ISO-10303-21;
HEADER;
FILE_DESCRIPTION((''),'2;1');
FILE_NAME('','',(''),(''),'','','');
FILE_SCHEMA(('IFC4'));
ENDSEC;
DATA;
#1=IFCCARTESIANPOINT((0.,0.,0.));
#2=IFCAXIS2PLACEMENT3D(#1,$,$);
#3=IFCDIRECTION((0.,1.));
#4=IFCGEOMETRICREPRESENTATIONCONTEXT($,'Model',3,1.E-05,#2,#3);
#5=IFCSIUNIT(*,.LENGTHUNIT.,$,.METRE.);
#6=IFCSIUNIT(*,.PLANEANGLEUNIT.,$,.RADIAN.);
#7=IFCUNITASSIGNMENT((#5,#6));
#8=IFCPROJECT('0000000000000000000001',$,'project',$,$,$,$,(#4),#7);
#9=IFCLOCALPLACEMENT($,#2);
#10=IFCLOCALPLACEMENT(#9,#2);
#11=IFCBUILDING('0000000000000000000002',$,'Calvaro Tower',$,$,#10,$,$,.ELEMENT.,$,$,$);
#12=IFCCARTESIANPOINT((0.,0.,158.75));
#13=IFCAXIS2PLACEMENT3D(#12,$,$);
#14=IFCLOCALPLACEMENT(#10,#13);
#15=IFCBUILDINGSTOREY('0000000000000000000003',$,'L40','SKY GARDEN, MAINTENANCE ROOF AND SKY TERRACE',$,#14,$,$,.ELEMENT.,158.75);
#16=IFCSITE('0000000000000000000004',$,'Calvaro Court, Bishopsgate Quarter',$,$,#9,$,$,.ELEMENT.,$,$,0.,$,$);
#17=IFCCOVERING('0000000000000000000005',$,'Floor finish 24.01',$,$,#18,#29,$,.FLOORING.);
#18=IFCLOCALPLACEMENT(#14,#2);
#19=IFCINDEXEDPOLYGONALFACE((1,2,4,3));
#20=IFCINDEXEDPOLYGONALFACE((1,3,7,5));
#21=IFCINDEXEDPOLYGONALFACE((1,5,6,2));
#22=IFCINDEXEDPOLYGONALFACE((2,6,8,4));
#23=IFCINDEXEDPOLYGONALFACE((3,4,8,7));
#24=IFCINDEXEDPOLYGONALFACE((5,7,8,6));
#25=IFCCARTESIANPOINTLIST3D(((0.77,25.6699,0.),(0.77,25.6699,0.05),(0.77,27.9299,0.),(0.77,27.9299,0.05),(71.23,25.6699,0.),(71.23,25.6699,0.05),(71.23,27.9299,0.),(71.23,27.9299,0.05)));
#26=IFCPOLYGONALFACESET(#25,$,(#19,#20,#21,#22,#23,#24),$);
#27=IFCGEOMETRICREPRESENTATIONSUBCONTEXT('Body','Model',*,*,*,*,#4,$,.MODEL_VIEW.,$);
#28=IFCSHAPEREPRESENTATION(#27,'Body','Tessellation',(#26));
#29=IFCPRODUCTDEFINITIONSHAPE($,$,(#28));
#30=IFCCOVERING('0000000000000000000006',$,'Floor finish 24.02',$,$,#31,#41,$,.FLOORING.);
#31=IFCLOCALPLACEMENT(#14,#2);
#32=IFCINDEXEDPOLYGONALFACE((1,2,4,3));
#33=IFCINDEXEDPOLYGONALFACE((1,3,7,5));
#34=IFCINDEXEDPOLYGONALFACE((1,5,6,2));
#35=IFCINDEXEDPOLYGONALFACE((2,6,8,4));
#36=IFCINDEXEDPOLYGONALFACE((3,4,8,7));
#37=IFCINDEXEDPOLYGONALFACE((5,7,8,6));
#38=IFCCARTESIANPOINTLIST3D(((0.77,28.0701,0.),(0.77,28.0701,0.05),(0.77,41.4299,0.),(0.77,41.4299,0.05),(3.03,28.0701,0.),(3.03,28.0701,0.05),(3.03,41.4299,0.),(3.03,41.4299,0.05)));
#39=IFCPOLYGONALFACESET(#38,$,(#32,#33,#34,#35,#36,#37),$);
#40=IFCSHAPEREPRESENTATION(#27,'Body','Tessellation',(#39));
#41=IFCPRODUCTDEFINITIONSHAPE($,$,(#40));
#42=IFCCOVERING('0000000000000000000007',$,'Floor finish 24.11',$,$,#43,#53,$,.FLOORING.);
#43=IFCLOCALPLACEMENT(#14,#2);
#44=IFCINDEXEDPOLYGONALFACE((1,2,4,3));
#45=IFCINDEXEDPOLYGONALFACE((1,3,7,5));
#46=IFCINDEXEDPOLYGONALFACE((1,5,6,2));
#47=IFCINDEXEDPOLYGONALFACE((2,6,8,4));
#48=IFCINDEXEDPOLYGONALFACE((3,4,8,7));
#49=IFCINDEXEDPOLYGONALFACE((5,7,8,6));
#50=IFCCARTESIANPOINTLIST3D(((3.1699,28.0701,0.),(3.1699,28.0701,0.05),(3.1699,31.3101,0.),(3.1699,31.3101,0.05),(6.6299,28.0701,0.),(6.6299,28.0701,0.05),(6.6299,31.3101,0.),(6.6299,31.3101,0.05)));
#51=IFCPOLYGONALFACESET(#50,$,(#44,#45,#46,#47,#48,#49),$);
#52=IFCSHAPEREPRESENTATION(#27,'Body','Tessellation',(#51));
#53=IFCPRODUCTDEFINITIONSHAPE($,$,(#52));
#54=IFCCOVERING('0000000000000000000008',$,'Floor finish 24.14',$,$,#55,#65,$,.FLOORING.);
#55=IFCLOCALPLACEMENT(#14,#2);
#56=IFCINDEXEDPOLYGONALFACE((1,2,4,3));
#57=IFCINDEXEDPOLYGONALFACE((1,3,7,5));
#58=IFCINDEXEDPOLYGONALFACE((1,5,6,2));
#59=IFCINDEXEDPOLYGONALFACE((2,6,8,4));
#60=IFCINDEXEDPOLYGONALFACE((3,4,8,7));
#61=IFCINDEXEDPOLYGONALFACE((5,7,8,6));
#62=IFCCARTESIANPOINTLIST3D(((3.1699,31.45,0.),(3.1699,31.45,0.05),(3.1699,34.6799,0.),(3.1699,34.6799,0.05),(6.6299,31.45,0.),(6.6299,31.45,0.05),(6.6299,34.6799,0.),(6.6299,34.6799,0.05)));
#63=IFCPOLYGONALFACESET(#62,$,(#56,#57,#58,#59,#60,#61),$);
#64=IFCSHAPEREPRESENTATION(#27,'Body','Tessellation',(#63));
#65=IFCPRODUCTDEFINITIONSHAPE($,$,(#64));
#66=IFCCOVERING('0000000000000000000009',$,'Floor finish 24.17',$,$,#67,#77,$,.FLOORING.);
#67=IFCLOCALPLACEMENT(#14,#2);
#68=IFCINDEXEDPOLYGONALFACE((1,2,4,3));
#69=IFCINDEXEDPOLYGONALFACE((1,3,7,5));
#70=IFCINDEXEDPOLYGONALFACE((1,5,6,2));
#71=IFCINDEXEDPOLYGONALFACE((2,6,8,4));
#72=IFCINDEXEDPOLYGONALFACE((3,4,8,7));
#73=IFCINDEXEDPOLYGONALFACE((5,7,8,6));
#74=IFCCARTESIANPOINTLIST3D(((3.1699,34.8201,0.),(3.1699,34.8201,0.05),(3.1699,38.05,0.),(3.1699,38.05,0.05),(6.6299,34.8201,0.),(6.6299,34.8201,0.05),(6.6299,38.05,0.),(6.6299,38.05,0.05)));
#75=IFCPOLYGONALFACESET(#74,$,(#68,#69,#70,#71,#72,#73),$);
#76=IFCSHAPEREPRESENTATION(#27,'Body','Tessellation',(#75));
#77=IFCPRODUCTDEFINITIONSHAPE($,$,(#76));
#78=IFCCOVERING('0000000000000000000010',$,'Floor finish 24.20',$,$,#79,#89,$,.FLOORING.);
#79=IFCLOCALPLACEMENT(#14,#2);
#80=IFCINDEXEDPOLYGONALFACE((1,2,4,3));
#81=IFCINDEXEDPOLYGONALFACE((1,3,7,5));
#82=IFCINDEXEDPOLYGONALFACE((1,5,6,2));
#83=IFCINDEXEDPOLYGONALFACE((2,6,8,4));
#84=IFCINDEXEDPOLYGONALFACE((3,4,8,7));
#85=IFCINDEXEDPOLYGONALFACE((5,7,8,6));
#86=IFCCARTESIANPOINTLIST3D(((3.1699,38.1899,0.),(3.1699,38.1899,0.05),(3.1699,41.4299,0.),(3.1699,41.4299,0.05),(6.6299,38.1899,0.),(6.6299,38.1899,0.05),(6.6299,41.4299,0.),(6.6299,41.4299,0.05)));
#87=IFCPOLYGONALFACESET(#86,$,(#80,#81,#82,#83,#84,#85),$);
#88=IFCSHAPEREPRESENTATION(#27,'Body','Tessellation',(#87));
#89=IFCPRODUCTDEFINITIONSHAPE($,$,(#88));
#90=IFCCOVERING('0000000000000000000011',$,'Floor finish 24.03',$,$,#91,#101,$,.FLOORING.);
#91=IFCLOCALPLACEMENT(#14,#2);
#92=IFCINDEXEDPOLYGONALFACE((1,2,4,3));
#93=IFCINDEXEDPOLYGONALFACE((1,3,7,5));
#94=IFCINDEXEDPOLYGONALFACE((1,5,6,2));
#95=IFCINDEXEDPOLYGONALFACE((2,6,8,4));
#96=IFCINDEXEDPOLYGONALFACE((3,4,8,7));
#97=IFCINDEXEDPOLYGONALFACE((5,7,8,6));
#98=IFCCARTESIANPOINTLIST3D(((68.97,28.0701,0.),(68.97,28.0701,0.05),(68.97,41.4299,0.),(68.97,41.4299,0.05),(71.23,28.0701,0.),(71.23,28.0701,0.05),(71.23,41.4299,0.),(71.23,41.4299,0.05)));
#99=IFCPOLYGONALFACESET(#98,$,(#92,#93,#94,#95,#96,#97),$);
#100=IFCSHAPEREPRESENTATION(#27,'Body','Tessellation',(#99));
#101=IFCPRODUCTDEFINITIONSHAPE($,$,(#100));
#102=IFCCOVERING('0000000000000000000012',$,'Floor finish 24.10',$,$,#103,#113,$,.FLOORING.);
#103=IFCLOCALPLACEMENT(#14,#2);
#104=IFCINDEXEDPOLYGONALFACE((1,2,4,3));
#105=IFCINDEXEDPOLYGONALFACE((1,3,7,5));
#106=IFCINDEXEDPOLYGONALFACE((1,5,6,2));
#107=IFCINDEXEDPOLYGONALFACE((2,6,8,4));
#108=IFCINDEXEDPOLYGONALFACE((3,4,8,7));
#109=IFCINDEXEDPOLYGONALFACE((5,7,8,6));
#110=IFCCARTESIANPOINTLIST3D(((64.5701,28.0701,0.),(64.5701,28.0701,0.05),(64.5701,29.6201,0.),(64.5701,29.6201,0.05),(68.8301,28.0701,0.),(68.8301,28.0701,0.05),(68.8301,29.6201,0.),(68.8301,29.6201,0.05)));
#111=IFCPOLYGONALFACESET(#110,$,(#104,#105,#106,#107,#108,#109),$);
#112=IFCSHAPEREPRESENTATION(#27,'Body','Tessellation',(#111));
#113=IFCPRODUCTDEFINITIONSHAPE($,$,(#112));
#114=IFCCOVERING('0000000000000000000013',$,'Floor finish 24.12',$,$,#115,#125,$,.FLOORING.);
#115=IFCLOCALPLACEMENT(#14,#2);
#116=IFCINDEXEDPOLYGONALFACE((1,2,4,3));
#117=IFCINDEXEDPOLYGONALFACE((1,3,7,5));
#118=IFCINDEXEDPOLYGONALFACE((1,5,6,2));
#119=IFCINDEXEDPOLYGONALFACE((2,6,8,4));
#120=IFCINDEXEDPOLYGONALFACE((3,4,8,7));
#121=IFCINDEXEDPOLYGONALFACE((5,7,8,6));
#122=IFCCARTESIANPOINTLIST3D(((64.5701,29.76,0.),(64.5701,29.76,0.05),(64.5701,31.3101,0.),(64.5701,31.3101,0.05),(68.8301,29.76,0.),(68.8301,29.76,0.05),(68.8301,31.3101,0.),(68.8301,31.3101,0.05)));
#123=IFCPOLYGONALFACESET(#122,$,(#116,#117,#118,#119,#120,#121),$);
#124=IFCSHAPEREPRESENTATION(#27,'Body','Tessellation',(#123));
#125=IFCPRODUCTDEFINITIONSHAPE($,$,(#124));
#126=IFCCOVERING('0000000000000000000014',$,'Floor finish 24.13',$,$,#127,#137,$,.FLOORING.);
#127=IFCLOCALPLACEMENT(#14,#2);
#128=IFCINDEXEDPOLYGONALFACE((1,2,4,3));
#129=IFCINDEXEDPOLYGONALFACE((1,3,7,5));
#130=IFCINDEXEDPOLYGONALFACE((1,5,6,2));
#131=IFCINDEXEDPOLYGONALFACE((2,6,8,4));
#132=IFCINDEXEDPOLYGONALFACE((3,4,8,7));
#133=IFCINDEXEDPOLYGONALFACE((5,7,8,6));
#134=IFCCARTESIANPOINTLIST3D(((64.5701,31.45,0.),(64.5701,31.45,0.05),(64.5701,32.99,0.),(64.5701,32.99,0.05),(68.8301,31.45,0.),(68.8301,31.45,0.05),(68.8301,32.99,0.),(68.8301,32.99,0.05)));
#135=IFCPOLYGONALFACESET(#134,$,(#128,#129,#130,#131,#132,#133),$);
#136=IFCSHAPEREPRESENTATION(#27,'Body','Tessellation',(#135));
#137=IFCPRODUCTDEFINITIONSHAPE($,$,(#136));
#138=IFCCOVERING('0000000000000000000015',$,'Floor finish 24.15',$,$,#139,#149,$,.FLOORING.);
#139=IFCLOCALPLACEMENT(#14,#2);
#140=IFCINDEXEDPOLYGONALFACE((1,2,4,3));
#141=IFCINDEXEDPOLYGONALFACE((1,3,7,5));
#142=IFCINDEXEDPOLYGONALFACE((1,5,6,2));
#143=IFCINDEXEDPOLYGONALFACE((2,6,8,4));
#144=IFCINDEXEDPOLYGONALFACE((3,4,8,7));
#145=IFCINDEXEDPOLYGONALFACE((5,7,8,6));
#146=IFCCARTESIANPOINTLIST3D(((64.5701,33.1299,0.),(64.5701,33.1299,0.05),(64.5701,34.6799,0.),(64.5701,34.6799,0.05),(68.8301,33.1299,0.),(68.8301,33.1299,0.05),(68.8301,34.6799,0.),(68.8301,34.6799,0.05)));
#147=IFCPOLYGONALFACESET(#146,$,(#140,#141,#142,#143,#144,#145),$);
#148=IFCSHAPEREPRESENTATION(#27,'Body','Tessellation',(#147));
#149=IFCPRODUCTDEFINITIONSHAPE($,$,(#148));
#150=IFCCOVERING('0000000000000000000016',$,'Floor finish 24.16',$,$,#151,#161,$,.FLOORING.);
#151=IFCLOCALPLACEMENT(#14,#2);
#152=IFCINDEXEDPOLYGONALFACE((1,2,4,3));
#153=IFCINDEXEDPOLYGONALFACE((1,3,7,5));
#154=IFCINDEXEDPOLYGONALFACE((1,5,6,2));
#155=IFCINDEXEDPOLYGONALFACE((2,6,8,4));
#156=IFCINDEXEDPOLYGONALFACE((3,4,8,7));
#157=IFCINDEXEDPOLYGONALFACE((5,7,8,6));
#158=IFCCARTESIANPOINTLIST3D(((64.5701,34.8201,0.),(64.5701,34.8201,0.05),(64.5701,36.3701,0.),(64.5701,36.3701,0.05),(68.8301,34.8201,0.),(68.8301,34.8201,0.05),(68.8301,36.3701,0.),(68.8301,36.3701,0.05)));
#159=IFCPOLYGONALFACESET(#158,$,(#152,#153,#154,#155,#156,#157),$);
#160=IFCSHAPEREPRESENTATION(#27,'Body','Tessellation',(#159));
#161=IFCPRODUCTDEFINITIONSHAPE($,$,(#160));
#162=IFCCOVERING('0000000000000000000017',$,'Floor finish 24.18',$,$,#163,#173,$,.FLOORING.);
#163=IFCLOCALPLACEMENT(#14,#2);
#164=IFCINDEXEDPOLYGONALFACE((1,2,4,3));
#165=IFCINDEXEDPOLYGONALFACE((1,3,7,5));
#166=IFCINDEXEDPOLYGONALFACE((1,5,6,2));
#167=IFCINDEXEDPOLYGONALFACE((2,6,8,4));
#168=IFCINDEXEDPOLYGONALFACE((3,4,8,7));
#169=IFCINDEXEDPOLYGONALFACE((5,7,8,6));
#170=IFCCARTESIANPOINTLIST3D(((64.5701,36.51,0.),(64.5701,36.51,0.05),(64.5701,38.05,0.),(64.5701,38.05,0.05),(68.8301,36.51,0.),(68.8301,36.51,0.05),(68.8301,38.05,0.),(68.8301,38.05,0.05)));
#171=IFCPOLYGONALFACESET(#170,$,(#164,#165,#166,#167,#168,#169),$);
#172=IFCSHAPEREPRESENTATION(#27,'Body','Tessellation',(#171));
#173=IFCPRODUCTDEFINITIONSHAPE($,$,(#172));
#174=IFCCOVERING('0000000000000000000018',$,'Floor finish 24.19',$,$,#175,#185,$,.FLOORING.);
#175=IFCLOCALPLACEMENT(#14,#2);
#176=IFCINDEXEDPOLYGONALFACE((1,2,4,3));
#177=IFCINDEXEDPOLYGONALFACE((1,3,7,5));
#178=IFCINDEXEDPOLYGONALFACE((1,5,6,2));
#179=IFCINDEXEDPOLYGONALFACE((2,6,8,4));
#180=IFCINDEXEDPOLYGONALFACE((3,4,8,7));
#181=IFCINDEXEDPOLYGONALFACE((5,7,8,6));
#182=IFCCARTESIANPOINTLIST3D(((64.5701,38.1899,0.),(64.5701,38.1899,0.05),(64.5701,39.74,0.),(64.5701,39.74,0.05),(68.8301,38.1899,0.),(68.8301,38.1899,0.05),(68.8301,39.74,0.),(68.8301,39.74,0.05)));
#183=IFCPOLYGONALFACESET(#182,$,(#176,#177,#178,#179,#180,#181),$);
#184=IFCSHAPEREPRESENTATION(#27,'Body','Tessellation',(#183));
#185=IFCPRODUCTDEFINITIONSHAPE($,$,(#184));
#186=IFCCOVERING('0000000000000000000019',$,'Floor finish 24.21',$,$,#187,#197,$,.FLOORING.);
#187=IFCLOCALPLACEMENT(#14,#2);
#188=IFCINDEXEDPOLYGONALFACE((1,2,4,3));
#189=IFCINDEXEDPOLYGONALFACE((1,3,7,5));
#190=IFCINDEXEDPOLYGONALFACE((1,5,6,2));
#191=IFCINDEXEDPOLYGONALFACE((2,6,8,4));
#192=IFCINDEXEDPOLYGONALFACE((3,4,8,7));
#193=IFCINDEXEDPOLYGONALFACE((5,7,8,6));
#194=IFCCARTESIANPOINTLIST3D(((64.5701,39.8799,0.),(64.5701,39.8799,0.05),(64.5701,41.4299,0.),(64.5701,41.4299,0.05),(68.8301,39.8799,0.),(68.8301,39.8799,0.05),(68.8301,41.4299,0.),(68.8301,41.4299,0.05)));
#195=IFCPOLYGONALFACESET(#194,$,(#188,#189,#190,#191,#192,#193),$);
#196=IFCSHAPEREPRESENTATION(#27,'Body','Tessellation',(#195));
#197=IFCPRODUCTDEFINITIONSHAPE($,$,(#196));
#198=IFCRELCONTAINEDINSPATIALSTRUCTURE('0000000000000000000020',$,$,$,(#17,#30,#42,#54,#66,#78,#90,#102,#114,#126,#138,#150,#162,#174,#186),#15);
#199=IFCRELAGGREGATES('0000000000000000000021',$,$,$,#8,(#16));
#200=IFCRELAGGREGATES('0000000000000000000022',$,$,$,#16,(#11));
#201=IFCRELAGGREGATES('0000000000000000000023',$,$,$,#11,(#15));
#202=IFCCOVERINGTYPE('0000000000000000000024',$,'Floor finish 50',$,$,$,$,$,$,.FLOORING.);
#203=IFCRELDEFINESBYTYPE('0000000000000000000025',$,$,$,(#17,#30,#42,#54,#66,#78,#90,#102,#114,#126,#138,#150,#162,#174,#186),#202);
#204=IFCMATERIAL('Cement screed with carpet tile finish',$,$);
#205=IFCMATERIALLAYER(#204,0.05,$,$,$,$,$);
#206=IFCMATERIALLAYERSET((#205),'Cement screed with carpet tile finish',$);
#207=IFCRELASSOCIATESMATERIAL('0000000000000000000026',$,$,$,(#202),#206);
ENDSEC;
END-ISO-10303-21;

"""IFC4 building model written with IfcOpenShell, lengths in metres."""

from ifc_helpers import new_model, si_unit, direction, frame, origin, place, context, subcontext, project, spatial, polyline, outline, extrude, material, layer, layer_set, type_object, element, save


model = new_model("IFC4")

# Units and contexts
model_context = context("Model", 3, precision=1e-05, world=origin(), true_north=direction((0.0, 1.0)))
body_context = subcontext(model_context, "Body", "Model", "MODEL_VIEW")
ifc_project = project(units=[si_unit("LENGTHUNIT", "METRE"), si_unit("PLANEANGLEUNIT", "RADIAN")], contexts=[model_context])

# Site, building, storey
site_placement = place(None, origin())
site = spatial("IfcSite", under=ifc_project, at=site_placement, Name="Calvaro Court, Bishopsgate Quarter", CompositionType="ELEMENT", RefElevation=0.0)
building_placement = place(site_placement, origin())
building = spatial("IfcBuilding", under=site, at=building_placement, Name="Calvaro Tower", CompositionType="ELEMENT")
storey_placement = place(building_placement, frame((0.0, 0.0, 158.75)))
storey = spatial("IfcBuildingStorey", under=building, at=storey_placement, Name="L40", Description="SKY GARDEN, MAINTENANCE ROOF AND SKY TERRACE", CompositionType="ELEMENT", Elevation=158.75)

# Coverings
ifc_material_1 = material(Name="Cement screed with carpet tile finish")
ifc_layer_1 = layer(ifc_material_1, 0.05)
ifc_layer_set_1 = layer_set([ifc_layer_1], Name="Cement screed with carpet tile finish")
covering_type = type_object("IfcCoveringType", Name="Floor finish 50", PredefinedType="FLOORING", material=ifc_layer_set_1)
covering_1_placement = place(storey_placement, origin())
element("IfcCovering", 1, at=covering_1_placement, inside=storey, type_object=covering_type, Name="Floor finish 24.01", PredefinedType="FLOORING", context=body_context, shape_type="SweptSolid", body=[
    extrude(outline(polyline([(0.77, 25.6699), (0.77, 27.9299), (71.23, 27.9299), (71.23, 25.6699), (0.77, 25.6699)])), origin(), (0.0, 0.0, 1.0), 0.05),
])
covering_2_placement = place(storey_placement, origin())
element("IfcCovering", 2, at=covering_2_placement, inside=storey, type_object=covering_type, Name="Floor finish 24.02", PredefinedType="FLOORING", context=body_context, shape_type="SweptSolid", body=[
    extrude(outline(polyline([(0.77, 28.0701), (0.77, 41.4299), (3.03, 41.4299), (3.03, 28.0701), (0.77, 28.0701)])), origin(), (0.0, 0.0, 1.0), 0.05),
])
covering_3_placement = place(storey_placement, origin())
element("IfcCovering", 3, at=covering_3_placement, inside=storey, type_object=covering_type, Name="Floor finish 24.11", PredefinedType="FLOORING", context=body_context, shape_type="SweptSolid", body=[
    extrude(outline(polyline([(3.1699, 31.3101), (6.6299, 31.3101), (6.6299, 28.0701), (3.1699, 28.0701), (3.1699, 31.3101)])), origin(), (0.0, 0.0, 1.0), 0.05),
])
covering_4_placement = place(storey_placement, origin())
element("IfcCovering", 4, at=covering_4_placement, inside=storey, type_object=covering_type, Name="Floor finish 24.14", PredefinedType="FLOORING", context=body_context, shape_type="SweptSolid", body=[
    extrude(outline(polyline([(3.1699, 34.6799), (6.6299, 34.6799), (6.6299, 31.45), (3.1699, 31.45), (3.1699, 34.6799)])), origin(), (0.0, 0.0, 1.0), 0.05),
])
covering_5_placement = place(storey_placement, origin())
element("IfcCovering", 5, at=covering_5_placement, inside=storey, type_object=covering_type, Name="Floor finish 24.17", PredefinedType="FLOORING", context=body_context, shape_type="SweptSolid", body=[
    extrude(outline(polyline([(3.1699, 38.05), (6.6299, 38.05), (6.6299, 34.8201), (3.1699, 34.8201), (3.1699, 38.05)])), origin(), (0.0, 0.0, 1.0), 0.05),
])
covering_6_placement = place(storey_placement, origin())
element("IfcCovering", 6, at=covering_6_placement, inside=storey, type_object=covering_type, Name="Floor finish 24.20", PredefinedType="FLOORING", context=body_context, shape_type="SweptSolid", body=[
    extrude(outline(polyline([(3.1699, 41.4299), (6.6299, 41.4299), (6.6299, 38.1899), (3.1699, 38.1899), (3.1699, 41.4299)])), origin(), (0.0, 0.0, 1.0), 0.05),
])
covering_7_placement = place(storey_placement, origin())
element("IfcCovering", 7, at=covering_7_placement, inside=storey, type_object=covering_type, Name="Floor finish 24.03", PredefinedType="FLOORING", context=body_context, shape_type="SweptSolid", body=[
    extrude(outline(polyline([(68.97, 28.0701), (68.97, 41.4299), (71.23, 41.4299), (71.23, 28.0701), (68.97, 28.0701)])), origin(), (0.0, 0.0, 1.0), 0.05),
])
covering_8_placement = place(storey_placement, origin())
element("IfcCovering", 8, at=covering_8_placement, inside=storey, type_object=covering_type, Name="Floor finish 24.10", PredefinedType="FLOORING", context=body_context, shape_type="SweptSolid", body=[
    extrude(outline(polyline([(64.5701, 28.0701), (64.5701, 29.6201), (68.8301, 29.6201), (68.8301, 28.0701), (64.5701, 28.0701)])), origin(), (0.0, 0.0, 1.0), 0.05),
])
covering_9_placement = place(storey_placement, origin())
element("IfcCovering", 9, at=covering_9_placement, inside=storey, type_object=covering_type, Name="Floor finish 24.12", PredefinedType="FLOORING", context=body_context, shape_type="SweptSolid", body=[
    extrude(outline(polyline([(64.5701, 29.76), (64.5701, 31.3101), (68.8301, 31.3101), (68.8301, 29.76), (64.5701, 29.76)])), origin(), (0.0, 0.0, 1.0), 0.05),
])
covering_10_placement = place(storey_placement, origin())
element("IfcCovering", 10, at=covering_10_placement, inside=storey, type_object=covering_type, Name="Floor finish 24.13", PredefinedType="FLOORING", context=body_context, shape_type="SweptSolid", body=[
    extrude(outline(polyline([(64.5701, 31.45), (64.5701, 32.99), (68.8301, 32.99), (68.8301, 31.45), (64.5701, 31.45)])), origin(), (0.0, 0.0, 1.0), 0.05),
])
covering_11_placement = place(storey_placement, origin())
element("IfcCovering", 11, at=covering_11_placement, inside=storey, type_object=covering_type, Name="Floor finish 24.15", PredefinedType="FLOORING", context=body_context, shape_type="SweptSolid", body=[
    extrude(outline(polyline([(64.5701, 33.1299), (64.5701, 34.6799), (68.8301, 34.6799), (68.8301, 33.1299), (64.5701, 33.1299)])), origin(), (0.0, 0.0, 1.0), 0.05),
])
covering_12_placement = place(storey_placement, origin())
element("IfcCovering", 12, at=covering_12_placement, inside=storey, type_object=covering_type, Name="Floor finish 24.16", PredefinedType="FLOORING", context=body_context, shape_type="SweptSolid", body=[
    extrude(outline(polyline([(64.5701, 34.8201), (64.5701, 36.3701), (68.8301, 36.3701), (68.8301, 34.8201), (64.5701, 34.8201)])), origin(), (0.0, 0.0, 1.0), 0.05),
])
covering_13_placement = place(storey_placement, origin())
element("IfcCovering", 13, at=covering_13_placement, inside=storey, type_object=covering_type, Name="Floor finish 24.18", PredefinedType="FLOORING", context=body_context, shape_type="SweptSolid", body=[
    extrude(outline(polyline([(64.5701, 36.51), (64.5701, 38.05), (68.8301, 38.05), (68.8301, 36.51), (64.5701, 36.51)])), origin(), (0.0, 0.0, 1.0), 0.05),
])
covering_14_placement = place(storey_placement, origin())
element("IfcCovering", 14, at=covering_14_placement, inside=storey, type_object=covering_type, Name="Floor finish 24.19", PredefinedType="FLOORING", context=body_context, shape_type="SweptSolid", body=[
    extrude(outline(polyline([(64.5701, 38.1899), (64.5701, 39.74), (68.8301, 39.74), (68.8301, 38.1899), (64.5701, 38.1899)])), origin(), (0.0, 0.0, 1.0), 0.05),
])
covering_15_placement = place(storey_placement, origin())
element("IfcCovering", 15, at=covering_15_placement, inside=storey, type_object=covering_type, Name="Floor finish 24.21", PredefinedType="FLOORING", context=body_context, shape_type="SweptSolid", body=[
    extrude(outline(polyline([(64.5701, 41.4299), (68.8301, 41.4299), (68.8301, 39.8799), (64.5701, 39.8799), (64.5701, 41.4299)])), origin(), (0.0, 0.0, 1.0), 0.05),
])

save(model, "model.ifc")
